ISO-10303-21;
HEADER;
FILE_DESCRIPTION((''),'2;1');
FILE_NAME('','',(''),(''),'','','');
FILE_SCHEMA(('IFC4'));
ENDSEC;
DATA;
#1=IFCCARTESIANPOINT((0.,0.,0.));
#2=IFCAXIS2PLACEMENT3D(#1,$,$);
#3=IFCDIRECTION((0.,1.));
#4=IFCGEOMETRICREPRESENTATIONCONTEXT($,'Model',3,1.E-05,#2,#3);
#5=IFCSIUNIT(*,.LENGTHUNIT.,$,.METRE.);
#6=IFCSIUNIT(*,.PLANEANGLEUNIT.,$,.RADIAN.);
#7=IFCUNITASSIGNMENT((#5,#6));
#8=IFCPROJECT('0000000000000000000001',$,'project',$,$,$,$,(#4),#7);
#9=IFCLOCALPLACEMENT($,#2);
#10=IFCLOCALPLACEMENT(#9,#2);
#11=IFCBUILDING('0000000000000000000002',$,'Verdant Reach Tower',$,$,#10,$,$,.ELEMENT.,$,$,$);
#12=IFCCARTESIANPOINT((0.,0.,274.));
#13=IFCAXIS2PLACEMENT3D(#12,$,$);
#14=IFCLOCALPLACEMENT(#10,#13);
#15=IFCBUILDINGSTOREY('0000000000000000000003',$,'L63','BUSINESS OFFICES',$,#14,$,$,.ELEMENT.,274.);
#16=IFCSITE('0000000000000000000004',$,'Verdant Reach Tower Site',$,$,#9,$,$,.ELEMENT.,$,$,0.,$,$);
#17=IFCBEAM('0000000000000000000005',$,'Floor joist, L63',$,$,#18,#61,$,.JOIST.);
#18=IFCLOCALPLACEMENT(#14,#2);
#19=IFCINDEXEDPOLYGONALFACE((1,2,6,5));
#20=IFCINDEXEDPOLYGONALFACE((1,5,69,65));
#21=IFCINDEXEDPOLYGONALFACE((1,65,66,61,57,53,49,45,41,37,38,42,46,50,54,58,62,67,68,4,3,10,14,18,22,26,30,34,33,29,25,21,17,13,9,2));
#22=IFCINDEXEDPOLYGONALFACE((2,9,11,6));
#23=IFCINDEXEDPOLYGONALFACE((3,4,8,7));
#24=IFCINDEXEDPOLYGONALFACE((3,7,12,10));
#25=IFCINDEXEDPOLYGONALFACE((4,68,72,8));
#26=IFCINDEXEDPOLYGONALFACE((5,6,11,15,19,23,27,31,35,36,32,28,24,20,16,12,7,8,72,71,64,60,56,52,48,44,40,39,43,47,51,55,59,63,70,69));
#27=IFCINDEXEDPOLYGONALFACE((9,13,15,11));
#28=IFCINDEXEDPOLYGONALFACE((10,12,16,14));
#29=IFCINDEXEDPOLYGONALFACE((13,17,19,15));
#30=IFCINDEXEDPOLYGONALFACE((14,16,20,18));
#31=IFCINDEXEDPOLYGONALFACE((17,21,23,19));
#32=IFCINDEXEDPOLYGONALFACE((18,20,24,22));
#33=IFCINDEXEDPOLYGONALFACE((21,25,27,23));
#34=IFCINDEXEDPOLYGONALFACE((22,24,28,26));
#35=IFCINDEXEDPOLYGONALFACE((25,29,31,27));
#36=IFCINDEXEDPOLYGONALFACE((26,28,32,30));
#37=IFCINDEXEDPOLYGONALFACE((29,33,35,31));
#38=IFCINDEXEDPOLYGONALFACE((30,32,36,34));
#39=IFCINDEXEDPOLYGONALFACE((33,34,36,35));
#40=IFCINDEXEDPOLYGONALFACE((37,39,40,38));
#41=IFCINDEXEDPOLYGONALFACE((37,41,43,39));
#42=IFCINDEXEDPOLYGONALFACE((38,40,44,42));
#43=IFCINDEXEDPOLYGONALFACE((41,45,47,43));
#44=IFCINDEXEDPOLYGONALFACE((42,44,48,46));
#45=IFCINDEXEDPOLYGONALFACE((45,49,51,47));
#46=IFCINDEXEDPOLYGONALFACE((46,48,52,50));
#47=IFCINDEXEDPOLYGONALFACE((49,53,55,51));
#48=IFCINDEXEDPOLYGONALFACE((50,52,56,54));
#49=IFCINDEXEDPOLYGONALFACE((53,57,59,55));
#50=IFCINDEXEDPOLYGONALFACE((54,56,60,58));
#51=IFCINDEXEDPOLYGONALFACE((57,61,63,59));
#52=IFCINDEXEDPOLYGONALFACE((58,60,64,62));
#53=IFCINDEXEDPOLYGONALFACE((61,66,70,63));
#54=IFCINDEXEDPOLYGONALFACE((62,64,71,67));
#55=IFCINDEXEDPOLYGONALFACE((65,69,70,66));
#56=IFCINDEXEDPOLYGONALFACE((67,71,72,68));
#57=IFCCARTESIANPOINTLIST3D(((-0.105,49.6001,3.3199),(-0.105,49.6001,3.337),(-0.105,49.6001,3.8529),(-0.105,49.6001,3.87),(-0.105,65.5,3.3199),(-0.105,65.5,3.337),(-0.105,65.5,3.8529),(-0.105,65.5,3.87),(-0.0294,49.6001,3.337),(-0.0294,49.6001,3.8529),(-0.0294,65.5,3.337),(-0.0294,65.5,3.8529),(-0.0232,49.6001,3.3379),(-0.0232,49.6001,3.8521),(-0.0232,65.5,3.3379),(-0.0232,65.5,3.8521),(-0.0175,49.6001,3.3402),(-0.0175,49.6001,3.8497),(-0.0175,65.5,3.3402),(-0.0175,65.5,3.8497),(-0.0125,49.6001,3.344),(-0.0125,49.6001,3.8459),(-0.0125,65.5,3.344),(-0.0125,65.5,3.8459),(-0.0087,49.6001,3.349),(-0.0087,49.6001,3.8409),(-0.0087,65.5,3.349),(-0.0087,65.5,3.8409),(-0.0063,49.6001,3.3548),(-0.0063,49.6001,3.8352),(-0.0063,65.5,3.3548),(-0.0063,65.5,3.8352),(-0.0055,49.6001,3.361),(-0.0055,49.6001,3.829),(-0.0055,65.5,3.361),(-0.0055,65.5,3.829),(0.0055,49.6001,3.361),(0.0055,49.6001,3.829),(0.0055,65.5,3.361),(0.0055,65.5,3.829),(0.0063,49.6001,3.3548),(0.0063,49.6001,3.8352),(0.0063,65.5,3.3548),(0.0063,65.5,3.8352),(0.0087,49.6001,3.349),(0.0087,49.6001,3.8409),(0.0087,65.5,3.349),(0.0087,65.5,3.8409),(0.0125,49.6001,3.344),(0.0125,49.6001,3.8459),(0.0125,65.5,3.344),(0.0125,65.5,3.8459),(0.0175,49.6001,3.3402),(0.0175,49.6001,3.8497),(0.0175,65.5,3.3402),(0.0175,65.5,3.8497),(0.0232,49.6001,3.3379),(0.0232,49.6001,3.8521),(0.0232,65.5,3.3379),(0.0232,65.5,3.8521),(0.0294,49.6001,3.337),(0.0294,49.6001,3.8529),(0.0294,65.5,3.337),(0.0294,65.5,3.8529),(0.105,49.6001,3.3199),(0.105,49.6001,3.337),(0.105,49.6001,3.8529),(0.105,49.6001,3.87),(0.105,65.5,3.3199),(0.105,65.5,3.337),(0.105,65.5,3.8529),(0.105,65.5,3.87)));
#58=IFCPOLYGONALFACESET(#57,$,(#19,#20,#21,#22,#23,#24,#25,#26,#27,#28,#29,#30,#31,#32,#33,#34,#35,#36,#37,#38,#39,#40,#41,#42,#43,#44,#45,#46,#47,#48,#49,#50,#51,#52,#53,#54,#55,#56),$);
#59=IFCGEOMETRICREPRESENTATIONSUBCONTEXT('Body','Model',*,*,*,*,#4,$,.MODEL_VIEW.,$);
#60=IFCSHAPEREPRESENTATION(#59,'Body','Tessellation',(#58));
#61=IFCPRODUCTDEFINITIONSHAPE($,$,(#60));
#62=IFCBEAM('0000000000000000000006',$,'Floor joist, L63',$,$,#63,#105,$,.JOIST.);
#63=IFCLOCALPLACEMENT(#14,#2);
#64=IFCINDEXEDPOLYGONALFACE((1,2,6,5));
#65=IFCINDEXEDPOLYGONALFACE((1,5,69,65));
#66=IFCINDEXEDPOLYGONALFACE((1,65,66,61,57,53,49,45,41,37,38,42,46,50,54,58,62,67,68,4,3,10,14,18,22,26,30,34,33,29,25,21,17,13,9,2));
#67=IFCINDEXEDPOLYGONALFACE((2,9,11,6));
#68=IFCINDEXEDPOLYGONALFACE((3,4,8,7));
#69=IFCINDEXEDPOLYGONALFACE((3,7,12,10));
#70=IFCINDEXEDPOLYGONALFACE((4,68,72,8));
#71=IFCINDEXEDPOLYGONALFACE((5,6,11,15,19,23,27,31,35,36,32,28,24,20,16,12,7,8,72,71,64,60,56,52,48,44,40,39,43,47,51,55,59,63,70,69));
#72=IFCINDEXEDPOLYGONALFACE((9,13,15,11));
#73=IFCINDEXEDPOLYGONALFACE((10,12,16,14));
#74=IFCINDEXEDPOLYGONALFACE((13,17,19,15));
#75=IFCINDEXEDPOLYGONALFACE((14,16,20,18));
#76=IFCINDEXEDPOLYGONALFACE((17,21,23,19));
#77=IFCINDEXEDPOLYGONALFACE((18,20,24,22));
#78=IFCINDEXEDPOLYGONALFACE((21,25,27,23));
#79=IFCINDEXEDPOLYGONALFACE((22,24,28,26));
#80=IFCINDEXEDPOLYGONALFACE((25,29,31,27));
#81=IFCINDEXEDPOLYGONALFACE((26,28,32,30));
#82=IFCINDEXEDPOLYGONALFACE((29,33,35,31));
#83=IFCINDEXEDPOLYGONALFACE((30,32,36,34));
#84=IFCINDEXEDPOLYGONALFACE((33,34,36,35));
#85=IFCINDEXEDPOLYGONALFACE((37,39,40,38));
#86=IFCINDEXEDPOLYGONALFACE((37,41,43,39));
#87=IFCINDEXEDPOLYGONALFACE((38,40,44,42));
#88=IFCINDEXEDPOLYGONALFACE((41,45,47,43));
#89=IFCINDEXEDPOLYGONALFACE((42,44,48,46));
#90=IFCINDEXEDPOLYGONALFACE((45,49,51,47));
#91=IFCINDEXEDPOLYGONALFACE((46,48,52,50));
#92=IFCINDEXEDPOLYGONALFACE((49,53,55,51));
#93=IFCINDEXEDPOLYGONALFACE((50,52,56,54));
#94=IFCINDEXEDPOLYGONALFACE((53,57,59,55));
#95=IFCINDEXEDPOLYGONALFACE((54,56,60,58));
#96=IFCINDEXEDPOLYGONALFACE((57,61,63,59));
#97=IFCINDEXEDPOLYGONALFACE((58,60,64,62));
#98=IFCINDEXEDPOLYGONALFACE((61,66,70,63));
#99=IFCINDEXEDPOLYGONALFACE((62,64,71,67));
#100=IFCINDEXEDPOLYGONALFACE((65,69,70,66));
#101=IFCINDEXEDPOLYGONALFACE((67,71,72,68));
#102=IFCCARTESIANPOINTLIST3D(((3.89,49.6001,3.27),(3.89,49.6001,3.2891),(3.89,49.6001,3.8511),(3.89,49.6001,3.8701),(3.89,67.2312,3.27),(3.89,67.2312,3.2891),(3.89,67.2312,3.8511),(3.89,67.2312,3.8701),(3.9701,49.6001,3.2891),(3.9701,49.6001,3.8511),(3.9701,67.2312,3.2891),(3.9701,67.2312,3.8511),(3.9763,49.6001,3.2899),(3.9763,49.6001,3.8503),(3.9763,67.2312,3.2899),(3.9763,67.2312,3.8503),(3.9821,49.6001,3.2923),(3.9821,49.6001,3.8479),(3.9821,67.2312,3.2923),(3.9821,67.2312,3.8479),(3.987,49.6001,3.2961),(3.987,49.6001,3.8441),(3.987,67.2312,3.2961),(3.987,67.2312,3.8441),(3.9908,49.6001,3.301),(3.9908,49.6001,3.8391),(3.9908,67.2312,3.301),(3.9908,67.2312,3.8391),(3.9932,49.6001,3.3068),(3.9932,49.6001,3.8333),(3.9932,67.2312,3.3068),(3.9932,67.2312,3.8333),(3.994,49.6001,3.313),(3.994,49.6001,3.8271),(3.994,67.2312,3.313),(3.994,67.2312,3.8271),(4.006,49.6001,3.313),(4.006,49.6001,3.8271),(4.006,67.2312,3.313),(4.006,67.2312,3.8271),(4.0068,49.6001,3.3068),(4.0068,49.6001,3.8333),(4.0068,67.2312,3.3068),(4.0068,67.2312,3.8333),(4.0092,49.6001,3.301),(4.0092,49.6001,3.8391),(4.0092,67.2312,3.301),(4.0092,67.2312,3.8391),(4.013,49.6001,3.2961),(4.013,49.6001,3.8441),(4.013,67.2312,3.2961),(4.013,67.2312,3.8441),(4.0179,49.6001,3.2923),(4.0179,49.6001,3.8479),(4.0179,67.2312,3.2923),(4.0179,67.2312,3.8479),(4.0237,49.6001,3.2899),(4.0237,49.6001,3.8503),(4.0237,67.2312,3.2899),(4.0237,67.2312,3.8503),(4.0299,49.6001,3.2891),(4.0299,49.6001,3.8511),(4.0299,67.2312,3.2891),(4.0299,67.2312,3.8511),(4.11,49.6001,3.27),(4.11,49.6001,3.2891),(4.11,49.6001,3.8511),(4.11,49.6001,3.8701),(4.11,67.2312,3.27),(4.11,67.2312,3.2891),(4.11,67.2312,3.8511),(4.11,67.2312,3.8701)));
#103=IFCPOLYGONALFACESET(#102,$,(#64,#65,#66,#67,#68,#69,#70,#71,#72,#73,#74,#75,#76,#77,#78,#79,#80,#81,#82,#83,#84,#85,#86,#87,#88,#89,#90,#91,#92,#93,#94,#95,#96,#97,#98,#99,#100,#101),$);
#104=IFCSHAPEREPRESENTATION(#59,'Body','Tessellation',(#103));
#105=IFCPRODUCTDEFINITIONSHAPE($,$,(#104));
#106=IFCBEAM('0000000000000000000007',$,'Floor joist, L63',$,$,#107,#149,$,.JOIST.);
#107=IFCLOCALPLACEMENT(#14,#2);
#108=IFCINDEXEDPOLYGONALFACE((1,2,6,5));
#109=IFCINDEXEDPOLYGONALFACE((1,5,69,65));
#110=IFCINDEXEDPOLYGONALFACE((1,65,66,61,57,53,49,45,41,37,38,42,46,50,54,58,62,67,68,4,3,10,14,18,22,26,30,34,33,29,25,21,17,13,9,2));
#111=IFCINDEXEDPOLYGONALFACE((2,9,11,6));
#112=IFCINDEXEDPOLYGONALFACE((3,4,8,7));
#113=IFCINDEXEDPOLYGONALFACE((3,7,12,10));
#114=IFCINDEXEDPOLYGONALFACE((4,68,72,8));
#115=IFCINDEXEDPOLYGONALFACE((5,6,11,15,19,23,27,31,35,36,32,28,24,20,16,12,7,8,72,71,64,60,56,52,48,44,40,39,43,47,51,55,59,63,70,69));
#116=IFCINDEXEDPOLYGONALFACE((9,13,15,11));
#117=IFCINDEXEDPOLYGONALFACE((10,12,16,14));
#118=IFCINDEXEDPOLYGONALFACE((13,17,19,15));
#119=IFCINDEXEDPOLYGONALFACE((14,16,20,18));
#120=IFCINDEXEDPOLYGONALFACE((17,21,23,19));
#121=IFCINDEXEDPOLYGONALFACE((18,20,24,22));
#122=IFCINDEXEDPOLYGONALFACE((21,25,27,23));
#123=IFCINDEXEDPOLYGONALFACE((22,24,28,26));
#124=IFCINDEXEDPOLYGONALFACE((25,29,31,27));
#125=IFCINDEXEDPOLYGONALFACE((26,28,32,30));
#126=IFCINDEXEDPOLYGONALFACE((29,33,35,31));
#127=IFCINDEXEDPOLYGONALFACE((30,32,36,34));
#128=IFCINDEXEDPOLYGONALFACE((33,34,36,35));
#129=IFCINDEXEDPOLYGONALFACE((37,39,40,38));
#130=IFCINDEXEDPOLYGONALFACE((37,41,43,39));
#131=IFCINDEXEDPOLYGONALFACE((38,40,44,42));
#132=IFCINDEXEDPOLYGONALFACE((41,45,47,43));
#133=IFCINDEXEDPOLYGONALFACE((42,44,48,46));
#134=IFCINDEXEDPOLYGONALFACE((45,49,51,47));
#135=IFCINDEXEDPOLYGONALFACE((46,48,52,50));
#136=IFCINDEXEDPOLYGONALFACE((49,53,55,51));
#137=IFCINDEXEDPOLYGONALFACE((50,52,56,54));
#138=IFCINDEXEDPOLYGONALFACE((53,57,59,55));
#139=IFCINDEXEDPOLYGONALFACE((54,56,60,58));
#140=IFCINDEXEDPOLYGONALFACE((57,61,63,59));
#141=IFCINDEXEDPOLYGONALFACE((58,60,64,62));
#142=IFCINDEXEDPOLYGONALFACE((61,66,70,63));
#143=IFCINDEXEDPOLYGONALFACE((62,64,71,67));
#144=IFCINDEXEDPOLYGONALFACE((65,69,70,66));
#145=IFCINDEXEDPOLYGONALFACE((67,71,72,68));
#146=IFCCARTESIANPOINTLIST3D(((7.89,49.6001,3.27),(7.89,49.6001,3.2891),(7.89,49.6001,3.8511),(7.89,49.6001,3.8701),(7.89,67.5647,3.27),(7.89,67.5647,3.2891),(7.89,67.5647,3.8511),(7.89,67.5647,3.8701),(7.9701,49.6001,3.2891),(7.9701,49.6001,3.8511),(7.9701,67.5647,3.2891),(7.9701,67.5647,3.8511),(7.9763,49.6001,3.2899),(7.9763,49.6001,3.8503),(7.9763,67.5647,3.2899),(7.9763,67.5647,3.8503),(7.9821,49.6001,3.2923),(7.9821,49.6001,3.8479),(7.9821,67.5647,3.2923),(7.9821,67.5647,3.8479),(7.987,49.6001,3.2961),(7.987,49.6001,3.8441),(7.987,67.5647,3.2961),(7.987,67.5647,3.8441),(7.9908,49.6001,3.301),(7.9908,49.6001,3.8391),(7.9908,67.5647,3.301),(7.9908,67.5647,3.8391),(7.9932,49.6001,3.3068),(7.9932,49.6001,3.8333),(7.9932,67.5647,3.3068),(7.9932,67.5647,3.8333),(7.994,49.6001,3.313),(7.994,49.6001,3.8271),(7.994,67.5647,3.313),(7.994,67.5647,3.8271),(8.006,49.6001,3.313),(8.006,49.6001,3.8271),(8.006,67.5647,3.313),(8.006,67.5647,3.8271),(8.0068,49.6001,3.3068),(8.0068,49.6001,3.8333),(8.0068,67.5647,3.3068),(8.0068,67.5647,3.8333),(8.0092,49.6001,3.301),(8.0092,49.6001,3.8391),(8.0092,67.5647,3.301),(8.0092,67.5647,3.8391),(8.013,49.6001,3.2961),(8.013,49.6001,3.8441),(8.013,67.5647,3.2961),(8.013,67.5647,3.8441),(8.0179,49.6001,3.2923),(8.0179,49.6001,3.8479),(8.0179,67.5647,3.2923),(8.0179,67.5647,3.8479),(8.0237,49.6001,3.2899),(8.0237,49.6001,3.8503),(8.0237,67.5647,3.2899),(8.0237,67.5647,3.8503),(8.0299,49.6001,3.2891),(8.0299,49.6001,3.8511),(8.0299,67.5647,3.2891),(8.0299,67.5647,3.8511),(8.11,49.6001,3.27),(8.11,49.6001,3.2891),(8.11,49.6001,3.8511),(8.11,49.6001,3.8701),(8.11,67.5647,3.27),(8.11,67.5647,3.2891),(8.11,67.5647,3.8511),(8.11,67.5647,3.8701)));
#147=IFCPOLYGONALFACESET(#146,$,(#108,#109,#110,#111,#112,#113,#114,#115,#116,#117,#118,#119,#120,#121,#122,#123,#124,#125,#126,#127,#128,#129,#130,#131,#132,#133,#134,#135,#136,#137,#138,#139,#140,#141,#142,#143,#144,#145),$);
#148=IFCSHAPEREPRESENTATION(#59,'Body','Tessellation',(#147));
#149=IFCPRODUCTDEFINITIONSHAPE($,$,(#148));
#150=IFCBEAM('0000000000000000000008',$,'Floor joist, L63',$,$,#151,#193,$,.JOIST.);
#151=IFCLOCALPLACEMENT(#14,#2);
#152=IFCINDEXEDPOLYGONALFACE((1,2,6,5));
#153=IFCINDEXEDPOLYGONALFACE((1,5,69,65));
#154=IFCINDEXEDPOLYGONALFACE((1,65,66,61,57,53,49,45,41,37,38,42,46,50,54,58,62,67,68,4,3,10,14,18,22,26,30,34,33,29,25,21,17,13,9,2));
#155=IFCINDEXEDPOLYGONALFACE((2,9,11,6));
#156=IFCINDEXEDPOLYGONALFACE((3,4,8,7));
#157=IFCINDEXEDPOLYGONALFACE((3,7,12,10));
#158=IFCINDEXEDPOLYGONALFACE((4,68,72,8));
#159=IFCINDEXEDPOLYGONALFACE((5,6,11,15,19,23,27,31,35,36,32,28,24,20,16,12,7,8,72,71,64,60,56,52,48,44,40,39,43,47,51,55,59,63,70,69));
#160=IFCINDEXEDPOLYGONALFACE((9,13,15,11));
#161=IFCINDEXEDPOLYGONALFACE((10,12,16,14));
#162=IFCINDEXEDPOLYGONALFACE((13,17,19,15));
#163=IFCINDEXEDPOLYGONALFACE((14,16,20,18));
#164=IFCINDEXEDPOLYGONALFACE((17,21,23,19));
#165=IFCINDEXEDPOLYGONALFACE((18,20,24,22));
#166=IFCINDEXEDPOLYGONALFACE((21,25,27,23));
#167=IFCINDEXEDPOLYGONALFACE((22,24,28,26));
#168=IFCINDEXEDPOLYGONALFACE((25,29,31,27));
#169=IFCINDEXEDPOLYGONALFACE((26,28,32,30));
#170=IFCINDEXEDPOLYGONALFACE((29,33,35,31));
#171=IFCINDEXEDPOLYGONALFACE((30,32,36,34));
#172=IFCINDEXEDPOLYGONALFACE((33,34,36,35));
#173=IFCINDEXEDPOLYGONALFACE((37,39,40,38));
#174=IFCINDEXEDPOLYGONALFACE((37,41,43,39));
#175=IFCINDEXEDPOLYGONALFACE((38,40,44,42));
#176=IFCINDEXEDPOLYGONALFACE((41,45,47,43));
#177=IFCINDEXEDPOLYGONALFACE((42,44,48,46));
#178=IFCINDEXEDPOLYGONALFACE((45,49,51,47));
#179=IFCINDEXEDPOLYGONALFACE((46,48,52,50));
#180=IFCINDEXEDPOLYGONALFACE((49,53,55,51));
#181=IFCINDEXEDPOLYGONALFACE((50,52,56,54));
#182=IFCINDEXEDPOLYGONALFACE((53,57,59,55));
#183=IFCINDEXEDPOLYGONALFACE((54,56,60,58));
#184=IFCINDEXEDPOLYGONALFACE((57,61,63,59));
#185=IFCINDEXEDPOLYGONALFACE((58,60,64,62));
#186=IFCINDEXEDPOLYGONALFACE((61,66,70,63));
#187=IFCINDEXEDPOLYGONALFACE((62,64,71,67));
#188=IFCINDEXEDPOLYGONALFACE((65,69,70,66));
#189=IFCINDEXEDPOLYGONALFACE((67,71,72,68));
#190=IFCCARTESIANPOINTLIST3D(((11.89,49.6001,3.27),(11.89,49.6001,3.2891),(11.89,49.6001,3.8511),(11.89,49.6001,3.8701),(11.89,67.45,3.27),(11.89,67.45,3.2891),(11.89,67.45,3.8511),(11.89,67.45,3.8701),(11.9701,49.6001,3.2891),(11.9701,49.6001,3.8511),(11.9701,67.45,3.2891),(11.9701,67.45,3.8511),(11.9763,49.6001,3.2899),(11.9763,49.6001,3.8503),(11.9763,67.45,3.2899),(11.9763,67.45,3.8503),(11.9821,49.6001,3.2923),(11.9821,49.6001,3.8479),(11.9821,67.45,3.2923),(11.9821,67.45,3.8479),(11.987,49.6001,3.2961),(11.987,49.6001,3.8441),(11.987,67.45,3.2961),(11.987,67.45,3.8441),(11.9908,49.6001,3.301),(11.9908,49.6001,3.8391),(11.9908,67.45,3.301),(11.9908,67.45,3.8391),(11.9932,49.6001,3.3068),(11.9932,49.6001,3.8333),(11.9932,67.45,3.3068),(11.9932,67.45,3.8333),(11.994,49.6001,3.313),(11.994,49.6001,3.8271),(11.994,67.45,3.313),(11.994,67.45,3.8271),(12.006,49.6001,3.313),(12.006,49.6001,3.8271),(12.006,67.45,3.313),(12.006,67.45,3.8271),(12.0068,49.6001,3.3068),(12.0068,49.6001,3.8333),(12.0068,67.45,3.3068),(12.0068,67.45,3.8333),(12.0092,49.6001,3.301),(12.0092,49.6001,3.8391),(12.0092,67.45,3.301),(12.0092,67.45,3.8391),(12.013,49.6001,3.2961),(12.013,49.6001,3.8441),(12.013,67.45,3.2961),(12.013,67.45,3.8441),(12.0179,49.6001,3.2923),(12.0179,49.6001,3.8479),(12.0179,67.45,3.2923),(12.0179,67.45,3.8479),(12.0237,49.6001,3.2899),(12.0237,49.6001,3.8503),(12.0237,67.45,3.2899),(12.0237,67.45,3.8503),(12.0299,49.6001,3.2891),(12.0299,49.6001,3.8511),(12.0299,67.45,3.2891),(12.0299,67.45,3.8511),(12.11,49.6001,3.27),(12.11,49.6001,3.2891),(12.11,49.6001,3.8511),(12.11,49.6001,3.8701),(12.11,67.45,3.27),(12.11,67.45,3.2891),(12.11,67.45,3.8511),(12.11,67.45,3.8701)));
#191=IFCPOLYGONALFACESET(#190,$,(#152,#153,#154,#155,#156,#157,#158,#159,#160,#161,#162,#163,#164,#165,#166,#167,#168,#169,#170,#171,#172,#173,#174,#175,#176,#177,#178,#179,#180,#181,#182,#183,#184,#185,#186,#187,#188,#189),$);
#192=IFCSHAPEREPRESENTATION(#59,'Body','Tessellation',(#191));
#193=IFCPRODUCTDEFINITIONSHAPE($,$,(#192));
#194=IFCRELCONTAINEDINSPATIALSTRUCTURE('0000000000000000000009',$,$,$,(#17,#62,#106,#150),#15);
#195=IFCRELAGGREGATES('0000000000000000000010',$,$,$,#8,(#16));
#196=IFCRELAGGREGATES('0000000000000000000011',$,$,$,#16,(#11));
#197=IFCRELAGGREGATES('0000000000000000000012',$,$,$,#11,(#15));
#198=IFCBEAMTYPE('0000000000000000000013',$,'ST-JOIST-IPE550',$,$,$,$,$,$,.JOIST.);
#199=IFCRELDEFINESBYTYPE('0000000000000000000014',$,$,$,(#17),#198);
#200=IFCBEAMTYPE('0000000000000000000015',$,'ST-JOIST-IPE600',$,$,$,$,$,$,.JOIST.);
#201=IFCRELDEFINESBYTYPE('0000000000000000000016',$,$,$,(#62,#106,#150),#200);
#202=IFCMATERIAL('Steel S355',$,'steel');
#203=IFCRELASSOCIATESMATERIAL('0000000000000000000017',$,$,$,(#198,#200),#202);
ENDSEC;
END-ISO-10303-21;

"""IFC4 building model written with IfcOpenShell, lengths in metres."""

from ifc_helpers import new_model, si_unit, direction, frame, origin, origin_2d, place, context, subcontext, project, spatial, i_section, extrude, material, material_profile, profile_set, type_object, element, save


model = new_model("IFC4")

# Units and contexts
model_context = context("Model", 3, precision=1e-05, world=origin(), true_north=direction((0.0, 1.0)))
body_context = subcontext(model_context, "Body", "Model", "MODEL_VIEW")
ifc_project = project(units=[si_unit("LENGTHUNIT", "METRE"), si_unit("PLANEANGLEUNIT", "RADIAN")], contexts=[model_context])

# Site, building, storey
site_placement = place(None, origin())
site = spatial("IfcSite", under=ifc_project, at=site_placement, Name="Verdant Reach Tower Site", CompositionType="ELEMENT", RefElevation=0.0)
building_placement = place(site_placement, origin())
building = spatial("IfcBuilding", under=site, at=building_placement, Name="Verdant Reach Tower", CompositionType="ELEMENT")
storey_placement = place(building_placement, frame((0.0, 0.0, 274.0)))
storey = spatial("IfcBuildingStorey", under=building, at=storey_placement, Name="L63", Description="BUSINESS OFFICES", CompositionType="ELEMENT", Elevation=274.0)

# Beams
ifc_material_1 = material(Name="Steel S355", Category="steel")
ifc_material_profile_1 = material_profile(ifc_material_1, i_section(OverallWidth=0.21, OverallDepth=0.55, WebThickness=0.011, FlangeThickness=0.0171, FilletRadius=0.0239, at=origin_2d()), Name="IPE 550")
ifc_profile_set_1 = profile_set([ifc_material_profile_1], Name="Steel S355")
beam_type_1 = type_object("IfcBeamType", Name="ST-JOIST-IPE550", PredefinedType="JOIST", material=ifc_profile_set_1)
beam_1_placement = place(storey_placement, frame((0.0, 49.6001, 3.595), z_axis=(0.0, 1.0, 0.0), x_axis=(-1.0, 0.0, 0.0)))
element("IfcBeam", 1, at=beam_1_placement, inside=storey, type_object=beam_type_1, Name="Floor joist, L63", PredefinedType="JOIST", context=body_context, shape_type="SweptSolid", body=[
    extrude(i_section(OverallWidth=0.21, OverallDepth=0.55, WebThickness=0.011, FlangeThickness=0.0171, FilletRadius=0.0239, at=origin_2d()), origin(), (0.0, 0.0, 1.0), 15.8999),
])
ifc_material_profile_2 = material_profile(ifc_material_1, i_section(OverallWidth=0.22, OverallDepth=0.6001, WebThickness=0.012, FlangeThickness=0.019, FilletRadius=0.0239, at=origin_2d()), Name="IPE 600")
ifc_profile_set_2 = profile_set([ifc_material_profile_2], Name="Steel S355")
beam_type_2 = type_object("IfcBeamType", Name="ST-JOIST-IPE600", PredefinedType="JOIST", material=ifc_profile_set_2)
beam_2_placement = place(storey_placement, frame((4.0, 49.6001, 3.5701), z_axis=(0.0, 1.0, 0.0), x_axis=(-1.0, 0.0, 0.0)))
element("IfcBeam", 2, at=beam_2_placement, inside=storey, type_object=beam_type_2, Name="Floor joist, L63", PredefinedType="JOIST", context=body_context, shape_type="SweptSolid", body=[
    extrude(i_section(OverallWidth=0.22, OverallDepth=0.6001, WebThickness=0.012, FlangeThickness=0.019, FilletRadius=0.0239, at=origin_2d()), origin(), (0.0, 0.0, 1.0), 17.6311),
])
beam_3_placement = place(storey_placement, frame((8.0, 49.6001, 3.5701), z_axis=(0.0, 1.0, 0.0), x_axis=(-1.0, 0.0, 0.0)))
element("IfcBeam", 3, at=beam_3_placement, inside=storey, type_object=beam_type_2, Name="Floor joist, L63", PredefinedType="JOIST", context=body_context, shape_type="SweptSolid", body=[
    extrude(i_section(OverallWidth=0.22, OverallDepth=0.6001, WebThickness=0.012, FlangeThickness=0.019, FilletRadius=0.0239, at=origin_2d()), origin(), (0.0, 0.0, 1.0), 17.9646),
])
beam_4_placement = place(storey_placement, frame((12.0, 49.6001, 3.5701), z_axis=(0.0, 1.0, 0.0), x_axis=(-1.0, 0.0, 0.0)))
element("IfcBeam", 4, at=beam_4_placement, inside=storey, type_object=beam_type_2, Name="Floor joist, L63", PredefinedType="JOIST", context=body_context, shape_type="SweptSolid", body=[
    extrude(i_section(OverallWidth=0.22, OverallDepth=0.6001, WebThickness=0.012, FlangeThickness=0.019, FilletRadius=0.0239, at=origin_2d()), origin(), (0.0, 0.0, 1.0), 17.8499),
])

save(model, "model.ifc")
